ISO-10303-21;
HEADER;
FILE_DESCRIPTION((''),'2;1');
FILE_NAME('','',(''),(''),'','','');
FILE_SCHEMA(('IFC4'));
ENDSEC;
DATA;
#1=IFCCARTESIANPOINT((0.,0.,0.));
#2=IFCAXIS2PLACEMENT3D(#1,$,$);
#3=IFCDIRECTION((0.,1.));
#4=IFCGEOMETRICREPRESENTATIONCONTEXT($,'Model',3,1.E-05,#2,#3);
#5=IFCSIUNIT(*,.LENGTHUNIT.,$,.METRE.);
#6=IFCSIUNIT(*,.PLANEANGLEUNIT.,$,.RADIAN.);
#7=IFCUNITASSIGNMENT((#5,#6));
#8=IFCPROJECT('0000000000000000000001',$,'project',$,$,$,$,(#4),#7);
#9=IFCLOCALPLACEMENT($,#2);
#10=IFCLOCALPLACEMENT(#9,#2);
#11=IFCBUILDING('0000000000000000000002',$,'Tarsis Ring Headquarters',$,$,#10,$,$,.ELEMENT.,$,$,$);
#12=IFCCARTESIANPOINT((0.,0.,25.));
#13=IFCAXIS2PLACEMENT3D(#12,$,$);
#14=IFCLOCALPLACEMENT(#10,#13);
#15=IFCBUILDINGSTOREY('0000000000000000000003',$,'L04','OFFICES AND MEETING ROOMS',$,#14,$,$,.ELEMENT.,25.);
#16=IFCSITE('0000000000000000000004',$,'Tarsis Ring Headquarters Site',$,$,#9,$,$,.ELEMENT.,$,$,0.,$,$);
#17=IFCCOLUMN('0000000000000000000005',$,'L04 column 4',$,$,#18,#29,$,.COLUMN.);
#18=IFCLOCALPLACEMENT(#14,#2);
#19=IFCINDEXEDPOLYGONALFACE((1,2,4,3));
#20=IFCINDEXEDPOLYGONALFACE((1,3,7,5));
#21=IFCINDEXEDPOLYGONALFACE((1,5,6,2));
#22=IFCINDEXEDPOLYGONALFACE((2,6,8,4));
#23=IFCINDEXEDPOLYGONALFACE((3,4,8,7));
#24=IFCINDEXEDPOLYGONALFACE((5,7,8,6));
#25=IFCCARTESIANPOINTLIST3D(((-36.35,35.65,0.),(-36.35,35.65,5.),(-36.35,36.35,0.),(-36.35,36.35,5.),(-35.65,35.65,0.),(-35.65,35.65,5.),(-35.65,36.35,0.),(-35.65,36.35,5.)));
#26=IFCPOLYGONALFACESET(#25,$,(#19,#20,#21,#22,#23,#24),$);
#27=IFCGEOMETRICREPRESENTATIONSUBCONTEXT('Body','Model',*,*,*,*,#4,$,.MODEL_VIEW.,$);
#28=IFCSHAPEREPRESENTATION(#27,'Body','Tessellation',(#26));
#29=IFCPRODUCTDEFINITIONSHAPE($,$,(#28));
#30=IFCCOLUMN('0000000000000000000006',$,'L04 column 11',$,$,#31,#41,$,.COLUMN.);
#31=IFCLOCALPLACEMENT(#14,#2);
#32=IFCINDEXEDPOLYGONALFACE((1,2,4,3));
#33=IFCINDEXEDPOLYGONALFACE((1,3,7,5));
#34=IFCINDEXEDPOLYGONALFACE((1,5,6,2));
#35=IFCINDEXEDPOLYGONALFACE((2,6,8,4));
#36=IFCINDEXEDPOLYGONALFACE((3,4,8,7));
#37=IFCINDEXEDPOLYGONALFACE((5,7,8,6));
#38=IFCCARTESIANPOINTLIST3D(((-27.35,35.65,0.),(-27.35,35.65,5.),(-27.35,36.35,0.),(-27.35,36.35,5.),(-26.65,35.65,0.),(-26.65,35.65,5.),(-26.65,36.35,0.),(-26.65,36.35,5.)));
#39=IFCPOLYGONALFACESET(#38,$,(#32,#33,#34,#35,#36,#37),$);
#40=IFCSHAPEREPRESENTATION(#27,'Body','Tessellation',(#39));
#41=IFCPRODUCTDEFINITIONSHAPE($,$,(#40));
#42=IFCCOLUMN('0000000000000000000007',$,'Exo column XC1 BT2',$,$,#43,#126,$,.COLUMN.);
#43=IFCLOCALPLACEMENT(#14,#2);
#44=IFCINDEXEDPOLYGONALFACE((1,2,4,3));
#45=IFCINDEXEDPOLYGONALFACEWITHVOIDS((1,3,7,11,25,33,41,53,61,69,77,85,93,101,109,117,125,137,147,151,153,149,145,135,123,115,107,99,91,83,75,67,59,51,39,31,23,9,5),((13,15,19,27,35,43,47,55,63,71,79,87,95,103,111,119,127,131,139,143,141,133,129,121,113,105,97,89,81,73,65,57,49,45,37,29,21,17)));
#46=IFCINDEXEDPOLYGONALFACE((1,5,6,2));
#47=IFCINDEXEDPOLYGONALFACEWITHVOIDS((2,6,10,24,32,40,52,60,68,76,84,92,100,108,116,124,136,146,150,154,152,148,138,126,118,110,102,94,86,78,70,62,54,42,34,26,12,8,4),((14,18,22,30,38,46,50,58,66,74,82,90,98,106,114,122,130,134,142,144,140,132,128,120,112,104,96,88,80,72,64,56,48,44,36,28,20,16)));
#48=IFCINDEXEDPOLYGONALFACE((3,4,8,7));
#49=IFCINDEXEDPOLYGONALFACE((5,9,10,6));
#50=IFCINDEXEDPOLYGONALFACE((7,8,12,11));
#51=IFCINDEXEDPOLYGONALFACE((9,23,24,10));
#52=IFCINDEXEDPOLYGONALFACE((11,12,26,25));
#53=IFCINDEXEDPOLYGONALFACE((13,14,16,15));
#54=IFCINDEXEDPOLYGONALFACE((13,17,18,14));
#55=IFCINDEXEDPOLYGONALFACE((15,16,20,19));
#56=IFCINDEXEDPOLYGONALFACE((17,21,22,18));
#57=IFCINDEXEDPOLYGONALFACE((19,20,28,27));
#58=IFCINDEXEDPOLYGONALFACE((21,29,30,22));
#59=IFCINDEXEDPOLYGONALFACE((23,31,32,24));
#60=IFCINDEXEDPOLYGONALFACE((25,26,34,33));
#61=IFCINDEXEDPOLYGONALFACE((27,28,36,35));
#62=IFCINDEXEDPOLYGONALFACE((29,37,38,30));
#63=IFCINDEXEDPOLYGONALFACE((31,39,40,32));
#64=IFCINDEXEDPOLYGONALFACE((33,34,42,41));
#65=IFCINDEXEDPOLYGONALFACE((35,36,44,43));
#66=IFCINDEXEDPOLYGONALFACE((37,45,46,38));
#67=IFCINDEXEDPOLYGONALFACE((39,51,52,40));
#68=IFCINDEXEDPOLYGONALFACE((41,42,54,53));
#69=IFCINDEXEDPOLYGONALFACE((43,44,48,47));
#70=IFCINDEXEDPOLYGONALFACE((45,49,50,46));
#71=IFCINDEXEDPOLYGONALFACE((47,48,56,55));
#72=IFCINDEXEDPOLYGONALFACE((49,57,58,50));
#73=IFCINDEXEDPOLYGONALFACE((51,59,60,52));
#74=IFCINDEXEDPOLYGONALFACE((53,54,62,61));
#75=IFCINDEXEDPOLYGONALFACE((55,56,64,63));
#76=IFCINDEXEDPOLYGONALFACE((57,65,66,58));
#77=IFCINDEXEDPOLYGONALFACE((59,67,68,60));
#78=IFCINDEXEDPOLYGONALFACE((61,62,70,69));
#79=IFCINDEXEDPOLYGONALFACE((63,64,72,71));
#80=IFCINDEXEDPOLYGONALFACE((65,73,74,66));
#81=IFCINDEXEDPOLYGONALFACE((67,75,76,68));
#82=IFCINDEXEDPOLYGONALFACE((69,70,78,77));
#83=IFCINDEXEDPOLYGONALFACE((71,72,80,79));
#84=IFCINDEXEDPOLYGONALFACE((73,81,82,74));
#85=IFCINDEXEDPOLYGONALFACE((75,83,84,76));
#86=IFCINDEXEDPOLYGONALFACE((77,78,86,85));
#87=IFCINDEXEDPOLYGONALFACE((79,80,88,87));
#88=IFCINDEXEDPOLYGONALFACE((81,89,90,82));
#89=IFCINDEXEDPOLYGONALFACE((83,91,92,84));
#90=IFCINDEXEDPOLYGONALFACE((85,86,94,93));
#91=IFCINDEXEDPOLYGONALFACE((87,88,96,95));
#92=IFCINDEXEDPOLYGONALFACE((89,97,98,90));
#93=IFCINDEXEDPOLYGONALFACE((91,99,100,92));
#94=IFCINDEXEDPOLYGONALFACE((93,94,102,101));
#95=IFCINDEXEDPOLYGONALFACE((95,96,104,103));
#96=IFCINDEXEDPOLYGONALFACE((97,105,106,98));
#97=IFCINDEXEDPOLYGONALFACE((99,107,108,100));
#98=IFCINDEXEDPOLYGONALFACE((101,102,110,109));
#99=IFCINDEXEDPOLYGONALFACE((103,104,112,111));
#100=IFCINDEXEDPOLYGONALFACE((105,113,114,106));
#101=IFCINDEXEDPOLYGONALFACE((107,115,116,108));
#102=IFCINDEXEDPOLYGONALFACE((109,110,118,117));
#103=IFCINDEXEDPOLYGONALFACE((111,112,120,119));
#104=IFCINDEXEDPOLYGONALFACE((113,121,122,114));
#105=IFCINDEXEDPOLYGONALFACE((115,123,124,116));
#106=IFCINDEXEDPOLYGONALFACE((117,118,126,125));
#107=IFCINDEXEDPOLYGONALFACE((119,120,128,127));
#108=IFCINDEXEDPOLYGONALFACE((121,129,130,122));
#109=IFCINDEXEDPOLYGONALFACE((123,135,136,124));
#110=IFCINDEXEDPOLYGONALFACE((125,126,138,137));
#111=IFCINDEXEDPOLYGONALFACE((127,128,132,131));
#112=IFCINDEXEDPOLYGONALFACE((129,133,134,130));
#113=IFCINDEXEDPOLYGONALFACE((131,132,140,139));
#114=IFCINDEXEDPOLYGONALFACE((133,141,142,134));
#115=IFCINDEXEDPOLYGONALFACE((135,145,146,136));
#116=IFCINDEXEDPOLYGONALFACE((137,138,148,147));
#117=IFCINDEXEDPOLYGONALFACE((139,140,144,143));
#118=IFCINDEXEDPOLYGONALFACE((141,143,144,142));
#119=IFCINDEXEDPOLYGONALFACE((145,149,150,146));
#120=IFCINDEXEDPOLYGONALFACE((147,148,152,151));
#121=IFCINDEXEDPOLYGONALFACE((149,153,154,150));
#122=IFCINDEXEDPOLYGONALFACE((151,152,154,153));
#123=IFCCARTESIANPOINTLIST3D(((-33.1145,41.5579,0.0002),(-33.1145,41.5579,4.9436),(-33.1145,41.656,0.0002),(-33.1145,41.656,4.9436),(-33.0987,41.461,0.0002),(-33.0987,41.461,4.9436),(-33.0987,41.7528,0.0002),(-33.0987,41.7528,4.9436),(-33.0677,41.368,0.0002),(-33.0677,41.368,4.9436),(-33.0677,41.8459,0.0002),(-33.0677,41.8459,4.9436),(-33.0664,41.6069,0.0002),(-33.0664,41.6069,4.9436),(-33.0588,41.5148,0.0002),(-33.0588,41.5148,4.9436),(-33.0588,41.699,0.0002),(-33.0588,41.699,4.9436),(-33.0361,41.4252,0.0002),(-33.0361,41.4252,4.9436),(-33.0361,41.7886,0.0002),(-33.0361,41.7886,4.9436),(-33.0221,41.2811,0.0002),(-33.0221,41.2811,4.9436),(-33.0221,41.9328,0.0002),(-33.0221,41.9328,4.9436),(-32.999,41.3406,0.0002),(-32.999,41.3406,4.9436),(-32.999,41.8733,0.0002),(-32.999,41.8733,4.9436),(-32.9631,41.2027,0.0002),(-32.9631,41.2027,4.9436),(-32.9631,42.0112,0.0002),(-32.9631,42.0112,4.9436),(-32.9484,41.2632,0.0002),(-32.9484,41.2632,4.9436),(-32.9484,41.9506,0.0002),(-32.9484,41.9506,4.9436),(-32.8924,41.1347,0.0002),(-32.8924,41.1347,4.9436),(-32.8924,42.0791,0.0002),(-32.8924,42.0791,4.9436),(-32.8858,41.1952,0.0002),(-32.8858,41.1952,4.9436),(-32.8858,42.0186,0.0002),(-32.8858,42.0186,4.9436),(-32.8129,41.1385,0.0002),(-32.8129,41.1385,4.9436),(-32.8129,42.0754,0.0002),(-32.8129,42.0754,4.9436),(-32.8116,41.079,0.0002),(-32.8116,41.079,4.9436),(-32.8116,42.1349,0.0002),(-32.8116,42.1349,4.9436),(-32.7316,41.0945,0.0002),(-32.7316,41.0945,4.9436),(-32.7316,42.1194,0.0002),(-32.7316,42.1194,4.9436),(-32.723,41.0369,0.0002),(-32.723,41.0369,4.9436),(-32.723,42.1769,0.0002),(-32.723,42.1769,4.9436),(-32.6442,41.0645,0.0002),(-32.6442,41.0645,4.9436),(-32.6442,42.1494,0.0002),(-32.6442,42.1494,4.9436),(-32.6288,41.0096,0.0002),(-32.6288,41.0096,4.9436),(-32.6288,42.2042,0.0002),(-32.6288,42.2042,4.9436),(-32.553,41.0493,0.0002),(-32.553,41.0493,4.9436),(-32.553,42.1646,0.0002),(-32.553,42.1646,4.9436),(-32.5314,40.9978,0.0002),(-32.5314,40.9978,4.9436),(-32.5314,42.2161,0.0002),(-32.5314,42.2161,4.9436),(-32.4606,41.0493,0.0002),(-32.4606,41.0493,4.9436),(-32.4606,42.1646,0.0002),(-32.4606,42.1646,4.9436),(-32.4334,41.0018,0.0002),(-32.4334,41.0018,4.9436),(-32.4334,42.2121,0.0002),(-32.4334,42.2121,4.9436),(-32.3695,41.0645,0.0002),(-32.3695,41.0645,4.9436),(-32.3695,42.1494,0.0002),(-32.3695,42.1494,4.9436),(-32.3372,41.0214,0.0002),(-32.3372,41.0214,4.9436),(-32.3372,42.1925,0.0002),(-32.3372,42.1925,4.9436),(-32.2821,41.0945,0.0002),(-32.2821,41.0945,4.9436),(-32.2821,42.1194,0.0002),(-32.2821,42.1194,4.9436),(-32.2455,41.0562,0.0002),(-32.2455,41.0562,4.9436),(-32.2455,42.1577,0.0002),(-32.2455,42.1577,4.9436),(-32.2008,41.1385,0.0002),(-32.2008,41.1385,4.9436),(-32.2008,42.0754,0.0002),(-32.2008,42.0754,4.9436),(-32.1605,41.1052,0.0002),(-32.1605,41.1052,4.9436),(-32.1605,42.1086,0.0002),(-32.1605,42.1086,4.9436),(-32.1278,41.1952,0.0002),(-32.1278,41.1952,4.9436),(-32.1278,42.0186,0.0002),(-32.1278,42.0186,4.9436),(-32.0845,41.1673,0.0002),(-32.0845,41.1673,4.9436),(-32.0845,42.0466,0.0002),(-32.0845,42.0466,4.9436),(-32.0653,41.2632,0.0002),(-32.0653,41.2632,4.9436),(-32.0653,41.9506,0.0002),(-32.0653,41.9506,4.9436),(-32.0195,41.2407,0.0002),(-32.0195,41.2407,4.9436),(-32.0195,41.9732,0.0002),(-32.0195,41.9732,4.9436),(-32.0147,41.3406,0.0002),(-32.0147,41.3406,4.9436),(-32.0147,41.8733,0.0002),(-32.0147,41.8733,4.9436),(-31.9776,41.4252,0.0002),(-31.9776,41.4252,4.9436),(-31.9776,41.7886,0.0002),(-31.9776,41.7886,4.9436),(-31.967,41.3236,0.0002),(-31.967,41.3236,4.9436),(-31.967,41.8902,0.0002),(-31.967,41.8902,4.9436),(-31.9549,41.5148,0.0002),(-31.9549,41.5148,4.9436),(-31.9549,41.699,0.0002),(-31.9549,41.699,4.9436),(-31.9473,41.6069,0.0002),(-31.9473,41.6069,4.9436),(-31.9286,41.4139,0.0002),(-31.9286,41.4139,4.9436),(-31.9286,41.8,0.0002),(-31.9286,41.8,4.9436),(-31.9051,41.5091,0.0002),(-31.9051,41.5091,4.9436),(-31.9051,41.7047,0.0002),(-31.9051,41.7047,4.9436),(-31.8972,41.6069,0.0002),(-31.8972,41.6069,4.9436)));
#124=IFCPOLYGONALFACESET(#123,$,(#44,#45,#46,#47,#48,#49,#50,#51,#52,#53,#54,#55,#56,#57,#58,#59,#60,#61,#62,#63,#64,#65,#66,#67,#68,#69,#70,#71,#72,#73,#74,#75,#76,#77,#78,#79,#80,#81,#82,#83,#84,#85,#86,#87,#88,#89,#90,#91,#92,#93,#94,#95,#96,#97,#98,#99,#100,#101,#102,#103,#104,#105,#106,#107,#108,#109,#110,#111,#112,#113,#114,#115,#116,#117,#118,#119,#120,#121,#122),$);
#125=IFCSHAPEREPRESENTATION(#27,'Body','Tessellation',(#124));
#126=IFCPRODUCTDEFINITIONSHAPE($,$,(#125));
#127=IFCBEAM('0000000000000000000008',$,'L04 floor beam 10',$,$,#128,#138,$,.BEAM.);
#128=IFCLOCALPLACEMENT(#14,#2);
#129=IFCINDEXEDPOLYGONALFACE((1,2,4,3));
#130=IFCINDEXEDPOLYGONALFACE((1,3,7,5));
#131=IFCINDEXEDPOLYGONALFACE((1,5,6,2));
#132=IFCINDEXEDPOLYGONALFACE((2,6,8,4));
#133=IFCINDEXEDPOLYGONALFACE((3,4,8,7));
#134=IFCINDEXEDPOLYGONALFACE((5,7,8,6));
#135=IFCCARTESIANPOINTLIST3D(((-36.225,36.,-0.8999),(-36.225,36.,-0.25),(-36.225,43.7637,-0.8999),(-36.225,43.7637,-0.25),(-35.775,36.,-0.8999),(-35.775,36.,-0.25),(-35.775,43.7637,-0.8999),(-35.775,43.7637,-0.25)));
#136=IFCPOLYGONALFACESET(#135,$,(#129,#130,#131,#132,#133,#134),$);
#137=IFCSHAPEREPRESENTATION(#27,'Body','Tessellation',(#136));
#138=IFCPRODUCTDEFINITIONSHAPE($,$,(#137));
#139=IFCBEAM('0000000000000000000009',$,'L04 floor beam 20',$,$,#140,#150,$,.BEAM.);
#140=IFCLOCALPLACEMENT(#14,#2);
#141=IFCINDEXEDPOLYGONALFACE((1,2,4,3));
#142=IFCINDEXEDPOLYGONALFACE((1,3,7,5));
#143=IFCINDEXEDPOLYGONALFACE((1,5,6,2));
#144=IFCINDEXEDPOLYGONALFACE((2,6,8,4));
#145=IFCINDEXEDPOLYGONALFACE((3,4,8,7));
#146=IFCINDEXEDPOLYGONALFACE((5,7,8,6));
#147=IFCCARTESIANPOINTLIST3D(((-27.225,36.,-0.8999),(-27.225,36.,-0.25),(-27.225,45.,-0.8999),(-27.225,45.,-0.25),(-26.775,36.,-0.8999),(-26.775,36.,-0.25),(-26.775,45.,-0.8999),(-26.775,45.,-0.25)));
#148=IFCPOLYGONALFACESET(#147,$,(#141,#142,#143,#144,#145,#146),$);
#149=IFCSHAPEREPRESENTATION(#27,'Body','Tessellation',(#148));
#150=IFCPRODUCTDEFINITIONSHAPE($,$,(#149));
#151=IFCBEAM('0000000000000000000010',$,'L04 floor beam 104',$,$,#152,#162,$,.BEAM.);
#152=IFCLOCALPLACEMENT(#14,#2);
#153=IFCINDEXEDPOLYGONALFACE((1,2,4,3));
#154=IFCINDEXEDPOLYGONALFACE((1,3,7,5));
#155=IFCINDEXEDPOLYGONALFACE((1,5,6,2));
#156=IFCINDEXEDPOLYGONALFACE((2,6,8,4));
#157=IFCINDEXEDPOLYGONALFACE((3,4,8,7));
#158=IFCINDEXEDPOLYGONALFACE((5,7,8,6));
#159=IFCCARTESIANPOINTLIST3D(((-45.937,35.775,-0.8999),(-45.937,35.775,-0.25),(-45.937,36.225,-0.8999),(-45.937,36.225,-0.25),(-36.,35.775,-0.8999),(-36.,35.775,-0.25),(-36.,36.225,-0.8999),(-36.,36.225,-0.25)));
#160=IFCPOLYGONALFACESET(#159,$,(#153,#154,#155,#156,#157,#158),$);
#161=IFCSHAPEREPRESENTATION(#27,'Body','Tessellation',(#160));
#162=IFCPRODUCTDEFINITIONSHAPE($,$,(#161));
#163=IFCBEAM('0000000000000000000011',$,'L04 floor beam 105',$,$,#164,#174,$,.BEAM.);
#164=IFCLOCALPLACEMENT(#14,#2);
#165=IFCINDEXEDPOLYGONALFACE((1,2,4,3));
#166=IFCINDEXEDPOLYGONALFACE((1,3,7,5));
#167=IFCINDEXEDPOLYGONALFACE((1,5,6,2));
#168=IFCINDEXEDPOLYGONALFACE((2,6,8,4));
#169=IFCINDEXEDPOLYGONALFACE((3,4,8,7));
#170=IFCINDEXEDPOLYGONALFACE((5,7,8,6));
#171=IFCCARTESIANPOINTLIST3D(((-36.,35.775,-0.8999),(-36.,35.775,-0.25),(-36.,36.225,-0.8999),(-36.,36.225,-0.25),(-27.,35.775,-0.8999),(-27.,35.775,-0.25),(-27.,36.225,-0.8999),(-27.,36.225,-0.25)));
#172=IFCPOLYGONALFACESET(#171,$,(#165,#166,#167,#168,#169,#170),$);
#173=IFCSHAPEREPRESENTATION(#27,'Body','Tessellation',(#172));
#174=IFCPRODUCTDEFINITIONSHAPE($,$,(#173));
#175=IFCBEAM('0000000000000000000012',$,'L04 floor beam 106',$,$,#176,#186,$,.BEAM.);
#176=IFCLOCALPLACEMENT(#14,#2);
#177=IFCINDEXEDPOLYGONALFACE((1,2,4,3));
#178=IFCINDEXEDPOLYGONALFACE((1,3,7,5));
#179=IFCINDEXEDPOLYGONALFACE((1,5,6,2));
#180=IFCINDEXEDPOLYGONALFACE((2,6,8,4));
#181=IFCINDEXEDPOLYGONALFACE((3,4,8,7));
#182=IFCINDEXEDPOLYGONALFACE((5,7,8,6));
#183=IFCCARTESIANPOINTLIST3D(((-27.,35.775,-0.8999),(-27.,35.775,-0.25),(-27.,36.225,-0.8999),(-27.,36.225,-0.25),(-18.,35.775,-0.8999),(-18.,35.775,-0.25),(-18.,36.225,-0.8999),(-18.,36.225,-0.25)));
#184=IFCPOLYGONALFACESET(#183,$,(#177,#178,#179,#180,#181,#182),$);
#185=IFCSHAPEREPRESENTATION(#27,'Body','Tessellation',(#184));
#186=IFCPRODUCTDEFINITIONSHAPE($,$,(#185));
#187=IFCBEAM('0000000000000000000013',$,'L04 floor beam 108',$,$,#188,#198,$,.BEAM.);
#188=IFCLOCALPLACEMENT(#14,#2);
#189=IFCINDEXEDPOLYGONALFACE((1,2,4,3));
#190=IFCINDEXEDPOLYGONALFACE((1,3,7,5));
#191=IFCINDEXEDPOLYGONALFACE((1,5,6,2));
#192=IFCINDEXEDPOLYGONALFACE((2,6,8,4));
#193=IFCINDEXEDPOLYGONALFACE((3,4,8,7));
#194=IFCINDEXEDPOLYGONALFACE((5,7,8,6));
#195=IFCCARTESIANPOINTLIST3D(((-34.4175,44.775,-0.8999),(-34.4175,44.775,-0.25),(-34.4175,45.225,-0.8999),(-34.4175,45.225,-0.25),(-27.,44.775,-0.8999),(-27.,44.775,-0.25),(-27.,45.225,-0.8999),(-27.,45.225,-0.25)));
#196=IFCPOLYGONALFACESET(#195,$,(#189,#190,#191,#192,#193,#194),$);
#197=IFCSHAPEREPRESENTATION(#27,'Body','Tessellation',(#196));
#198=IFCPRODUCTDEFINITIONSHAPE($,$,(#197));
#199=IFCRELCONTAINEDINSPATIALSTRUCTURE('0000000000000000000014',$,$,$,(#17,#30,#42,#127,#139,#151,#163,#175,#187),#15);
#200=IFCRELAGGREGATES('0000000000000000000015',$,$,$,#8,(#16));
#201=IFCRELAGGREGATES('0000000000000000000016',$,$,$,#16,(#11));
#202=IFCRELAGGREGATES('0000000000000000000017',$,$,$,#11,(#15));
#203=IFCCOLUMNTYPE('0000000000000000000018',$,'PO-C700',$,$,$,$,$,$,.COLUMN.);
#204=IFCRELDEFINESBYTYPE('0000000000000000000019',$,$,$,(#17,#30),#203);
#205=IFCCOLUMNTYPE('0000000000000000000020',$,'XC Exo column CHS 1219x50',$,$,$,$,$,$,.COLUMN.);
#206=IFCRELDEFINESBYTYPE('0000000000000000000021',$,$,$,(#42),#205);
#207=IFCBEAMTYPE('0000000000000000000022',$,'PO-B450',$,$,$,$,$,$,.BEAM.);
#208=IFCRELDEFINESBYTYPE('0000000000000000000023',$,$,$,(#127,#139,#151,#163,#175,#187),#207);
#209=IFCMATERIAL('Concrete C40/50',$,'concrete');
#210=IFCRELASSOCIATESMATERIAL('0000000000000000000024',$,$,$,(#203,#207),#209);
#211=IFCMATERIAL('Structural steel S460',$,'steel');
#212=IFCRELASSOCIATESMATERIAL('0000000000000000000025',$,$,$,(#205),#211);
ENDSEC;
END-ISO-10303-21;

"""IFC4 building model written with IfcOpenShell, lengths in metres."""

from ifc_helpers import new_model, si_unit, direction, frame, origin, origin_2d, place, context, subcontext, project, spatial, rectangle, hollow_circle, extrude, material, material_profile, profile_set, type_object, element, save


model = new_model("IFC4")

# Units and contexts
model_context = context("Model", 3, precision=1e-05, world=origin(), true_north=direction((0.0, 1.0)))
body_context = subcontext(model_context, "Body", "Model", "MODEL_VIEW")
ifc_project = project(units=[si_unit("LENGTHUNIT", "METRE"), si_unit("PLANEANGLEUNIT", "RADIAN")], contexts=[model_context])

# Site, building, storey
site_placement = place(None, origin())
site = spatial("IfcSite", under=ifc_project, at=site_placement, Name="Tarsis Ring Headquarters Site", CompositionType="ELEMENT", RefElevation=0.0)
building_placement = place(site_placement, origin())
building = spatial("IfcBuilding", under=site, at=building_placement, Name="Tarsis Ring Headquarters", CompositionType="ELEMENT")
storey_placement = place(building_placement, frame((0.0, 0.0, 25.0)))
storey = spatial("IfcBuildingStorey", under=building, at=storey_placement, Name="L04", Description="OFFICES AND MEETING ROOMS", CompositionType="ELEMENT", Elevation=25.0)

# Columns
ifc_material_1 = material(Name="Concrete C40/50", Category="concrete")
ifc_material_profile_1 = material_profile(ifc_material_1, rectangle(XDim=0.7, YDim=0.7, at=origin_2d()), Name="PO-C700")
ifc_profile_set_1 = profile_set([ifc_material_profile_1], Name="Concrete C40/50")
column_type_1 = type_object("IfcColumnType", Name="PO-C700", PredefinedType="COLUMN", material=ifc_profile_set_1)
for number, where, z_axis, x_axis, name in (
    (1, (-36.0, 36.0, 0.0), (0.0, 0.0, 1.0), (1.0, 0.0, 0.0), "L04 column 4"),
    (2, (-27.0, 36.0, 0.0), (0.0, 0.0, 1.0), (1.0, 0.0, 0.0), "L04 column 11"),
):
    element("IfcColumn", number, at=place(storey_placement, frame(where, z_axis=z_axis, x_axis=x_axis)), inside=storey, type_object=column_type_1, Name=name, PredefinedType="COLUMN", context=body_context, shape_type="SweptSolid", body=[
        extrude(rectangle(XDim=0.7, YDim=0.7, at=origin_2d()), origin(), (0.0, 0.0, 1.0), 5.0),
    ])
ifc_material_2 = material(Name="Structural steel S460", Category="steel")
ifc_material_profile_2 = material_profile(ifc_material_2, hollow_circle(Radius=0.6096, WallThickness=0.05, at=origin_2d()), Name="CHS 1219x50")
ifc_profile_set_2 = profile_set([ifc_material_profile_2], Name="Structural steel S460")
column_type_2 = type_object("IfcColumnType", Name="XC Exo column CHS 1219x50", PredefinedType="COLUMN", material=ifc_profile_set_2)
column_placement = place(storey_placement, frame((-32.5068, 41.6069, 0.0002), z_axis=(0.0, 0.0, 1.0), x_axis=(1.0, 0.0, 0.0)))
element("IfcColumn", 3, at=column_placement, inside=storey, type_object=column_type_2, Name="Exo column XC1 BT2", PredefinedType="COLUMN", context=body_context, shape_type="SweptSolid", body=[
    extrude(hollow_circle(Radius=0.6096, WallThickness=0.05, at=origin_2d()), origin(), (0.0, 0.0, 1.0), 4.9434),
])

# Beams
ifc_material_profile_3 = material_profile(ifc_material_1, rectangle(XDim=0.45, YDim=0.6499, at=origin_2d()), Name="PO-B450")
ifc_profile_set_3 = profile_set([ifc_material_profile_3], Name="Concrete C40/50")
beam_type_1 = type_object("IfcBeamType", Name="PO-B450", PredefinedType="BEAM", material=ifc_profile_set_3)
beam_1_placement = place(storey_placement, frame((-36.0, 36.0, -0.575), z_axis=(0.0, 1.0, 0.0), x_axis=(-1.0, 0.0, 0.0)))
element("IfcBeam", 4, at=beam_1_placement, inside=storey, type_object=beam_type_1, Name="L04 floor beam 10", PredefinedType="BEAM", context=body_context, shape_type="SweptSolid", body=[
    extrude(rectangle(XDim=0.45, YDim=0.6499, at=origin_2d()), origin(), (0.0, 0.0, 1.0), 7.7637),
])
beam_2_placement = place(storey_placement, frame((-27.0, 36.0, -0.575), z_axis=(0.0, 1.0, 0.0), x_axis=(-1.0, 0.0, 0.0)))
element("IfcBeam", 5, at=beam_2_placement, inside=storey, type_object=beam_type_1, Name="L04 floor beam 20", PredefinedType="BEAM", context=body_context, shape_type="SweptSolid", body=[
    extrude(rectangle(XDim=0.45, YDim=0.6499, at=origin_2d()), origin(), (0.0, 0.0, 1.0), 9.0),
])
beam_3_placement = place(storey_placement, frame((-45.937, 36.0, -0.575), z_axis=(1.0, 0.0, 0.0), x_axis=(0.0, 1.0, 0.0)))
element("IfcBeam", 6, at=beam_3_placement, inside=storey, type_object=beam_type_1, Name="L04 floor beam 104", PredefinedType="BEAM", context=body_context, shape_type="SweptSolid", body=[
    extrude(rectangle(XDim=0.45, YDim=0.6499, at=origin_2d()), origin(), (0.0, 0.0, 1.0), 9.937),
])
for number, where, z_axis, x_axis, name in (
    (7, (-36.0, 36.0, -0.575), (1.0, 0.0, 0.0), (0.0, 1.0, 0.0), "L04 floor beam 105"),
    (8, (-27.0, 36.0, -0.575), (1.0, 0.0, 0.0), (0.0, 1.0, 0.0), "L04 floor beam 106"),
):
    element("IfcBeam", number, at=place(storey_placement, frame(where, z_axis=z_axis, x_axis=x_axis)), inside=storey, type_object=beam_type_1, Name=name, PredefinedType="BEAM", context=body_context, shape_type="SweptSolid", body=[
        extrude(rectangle(XDim=0.45, YDim=0.6499, at=origin_2d()), origin(), (0.0, 0.0, 1.0), 9.0),
    ])
beam_4_placement = place(storey_placement, frame((-34.4175, 45.0, -0.575), z_axis=(1.0, 0.0, 0.0), x_axis=(0.0, 1.0, 0.0)))
element("IfcBeam", 9, at=beam_4_placement, inside=storey, type_object=beam_type_1, Name="L04 floor beam 108", PredefinedType="BEAM", context=body_context, shape_type="SweptSolid", body=[
    extrude(rectangle(XDim=0.45, YDim=0.6499, at=origin_2d()), origin(), (0.0, 0.0, 1.0), 7.4175),
])

save(model, "model.ifc")
